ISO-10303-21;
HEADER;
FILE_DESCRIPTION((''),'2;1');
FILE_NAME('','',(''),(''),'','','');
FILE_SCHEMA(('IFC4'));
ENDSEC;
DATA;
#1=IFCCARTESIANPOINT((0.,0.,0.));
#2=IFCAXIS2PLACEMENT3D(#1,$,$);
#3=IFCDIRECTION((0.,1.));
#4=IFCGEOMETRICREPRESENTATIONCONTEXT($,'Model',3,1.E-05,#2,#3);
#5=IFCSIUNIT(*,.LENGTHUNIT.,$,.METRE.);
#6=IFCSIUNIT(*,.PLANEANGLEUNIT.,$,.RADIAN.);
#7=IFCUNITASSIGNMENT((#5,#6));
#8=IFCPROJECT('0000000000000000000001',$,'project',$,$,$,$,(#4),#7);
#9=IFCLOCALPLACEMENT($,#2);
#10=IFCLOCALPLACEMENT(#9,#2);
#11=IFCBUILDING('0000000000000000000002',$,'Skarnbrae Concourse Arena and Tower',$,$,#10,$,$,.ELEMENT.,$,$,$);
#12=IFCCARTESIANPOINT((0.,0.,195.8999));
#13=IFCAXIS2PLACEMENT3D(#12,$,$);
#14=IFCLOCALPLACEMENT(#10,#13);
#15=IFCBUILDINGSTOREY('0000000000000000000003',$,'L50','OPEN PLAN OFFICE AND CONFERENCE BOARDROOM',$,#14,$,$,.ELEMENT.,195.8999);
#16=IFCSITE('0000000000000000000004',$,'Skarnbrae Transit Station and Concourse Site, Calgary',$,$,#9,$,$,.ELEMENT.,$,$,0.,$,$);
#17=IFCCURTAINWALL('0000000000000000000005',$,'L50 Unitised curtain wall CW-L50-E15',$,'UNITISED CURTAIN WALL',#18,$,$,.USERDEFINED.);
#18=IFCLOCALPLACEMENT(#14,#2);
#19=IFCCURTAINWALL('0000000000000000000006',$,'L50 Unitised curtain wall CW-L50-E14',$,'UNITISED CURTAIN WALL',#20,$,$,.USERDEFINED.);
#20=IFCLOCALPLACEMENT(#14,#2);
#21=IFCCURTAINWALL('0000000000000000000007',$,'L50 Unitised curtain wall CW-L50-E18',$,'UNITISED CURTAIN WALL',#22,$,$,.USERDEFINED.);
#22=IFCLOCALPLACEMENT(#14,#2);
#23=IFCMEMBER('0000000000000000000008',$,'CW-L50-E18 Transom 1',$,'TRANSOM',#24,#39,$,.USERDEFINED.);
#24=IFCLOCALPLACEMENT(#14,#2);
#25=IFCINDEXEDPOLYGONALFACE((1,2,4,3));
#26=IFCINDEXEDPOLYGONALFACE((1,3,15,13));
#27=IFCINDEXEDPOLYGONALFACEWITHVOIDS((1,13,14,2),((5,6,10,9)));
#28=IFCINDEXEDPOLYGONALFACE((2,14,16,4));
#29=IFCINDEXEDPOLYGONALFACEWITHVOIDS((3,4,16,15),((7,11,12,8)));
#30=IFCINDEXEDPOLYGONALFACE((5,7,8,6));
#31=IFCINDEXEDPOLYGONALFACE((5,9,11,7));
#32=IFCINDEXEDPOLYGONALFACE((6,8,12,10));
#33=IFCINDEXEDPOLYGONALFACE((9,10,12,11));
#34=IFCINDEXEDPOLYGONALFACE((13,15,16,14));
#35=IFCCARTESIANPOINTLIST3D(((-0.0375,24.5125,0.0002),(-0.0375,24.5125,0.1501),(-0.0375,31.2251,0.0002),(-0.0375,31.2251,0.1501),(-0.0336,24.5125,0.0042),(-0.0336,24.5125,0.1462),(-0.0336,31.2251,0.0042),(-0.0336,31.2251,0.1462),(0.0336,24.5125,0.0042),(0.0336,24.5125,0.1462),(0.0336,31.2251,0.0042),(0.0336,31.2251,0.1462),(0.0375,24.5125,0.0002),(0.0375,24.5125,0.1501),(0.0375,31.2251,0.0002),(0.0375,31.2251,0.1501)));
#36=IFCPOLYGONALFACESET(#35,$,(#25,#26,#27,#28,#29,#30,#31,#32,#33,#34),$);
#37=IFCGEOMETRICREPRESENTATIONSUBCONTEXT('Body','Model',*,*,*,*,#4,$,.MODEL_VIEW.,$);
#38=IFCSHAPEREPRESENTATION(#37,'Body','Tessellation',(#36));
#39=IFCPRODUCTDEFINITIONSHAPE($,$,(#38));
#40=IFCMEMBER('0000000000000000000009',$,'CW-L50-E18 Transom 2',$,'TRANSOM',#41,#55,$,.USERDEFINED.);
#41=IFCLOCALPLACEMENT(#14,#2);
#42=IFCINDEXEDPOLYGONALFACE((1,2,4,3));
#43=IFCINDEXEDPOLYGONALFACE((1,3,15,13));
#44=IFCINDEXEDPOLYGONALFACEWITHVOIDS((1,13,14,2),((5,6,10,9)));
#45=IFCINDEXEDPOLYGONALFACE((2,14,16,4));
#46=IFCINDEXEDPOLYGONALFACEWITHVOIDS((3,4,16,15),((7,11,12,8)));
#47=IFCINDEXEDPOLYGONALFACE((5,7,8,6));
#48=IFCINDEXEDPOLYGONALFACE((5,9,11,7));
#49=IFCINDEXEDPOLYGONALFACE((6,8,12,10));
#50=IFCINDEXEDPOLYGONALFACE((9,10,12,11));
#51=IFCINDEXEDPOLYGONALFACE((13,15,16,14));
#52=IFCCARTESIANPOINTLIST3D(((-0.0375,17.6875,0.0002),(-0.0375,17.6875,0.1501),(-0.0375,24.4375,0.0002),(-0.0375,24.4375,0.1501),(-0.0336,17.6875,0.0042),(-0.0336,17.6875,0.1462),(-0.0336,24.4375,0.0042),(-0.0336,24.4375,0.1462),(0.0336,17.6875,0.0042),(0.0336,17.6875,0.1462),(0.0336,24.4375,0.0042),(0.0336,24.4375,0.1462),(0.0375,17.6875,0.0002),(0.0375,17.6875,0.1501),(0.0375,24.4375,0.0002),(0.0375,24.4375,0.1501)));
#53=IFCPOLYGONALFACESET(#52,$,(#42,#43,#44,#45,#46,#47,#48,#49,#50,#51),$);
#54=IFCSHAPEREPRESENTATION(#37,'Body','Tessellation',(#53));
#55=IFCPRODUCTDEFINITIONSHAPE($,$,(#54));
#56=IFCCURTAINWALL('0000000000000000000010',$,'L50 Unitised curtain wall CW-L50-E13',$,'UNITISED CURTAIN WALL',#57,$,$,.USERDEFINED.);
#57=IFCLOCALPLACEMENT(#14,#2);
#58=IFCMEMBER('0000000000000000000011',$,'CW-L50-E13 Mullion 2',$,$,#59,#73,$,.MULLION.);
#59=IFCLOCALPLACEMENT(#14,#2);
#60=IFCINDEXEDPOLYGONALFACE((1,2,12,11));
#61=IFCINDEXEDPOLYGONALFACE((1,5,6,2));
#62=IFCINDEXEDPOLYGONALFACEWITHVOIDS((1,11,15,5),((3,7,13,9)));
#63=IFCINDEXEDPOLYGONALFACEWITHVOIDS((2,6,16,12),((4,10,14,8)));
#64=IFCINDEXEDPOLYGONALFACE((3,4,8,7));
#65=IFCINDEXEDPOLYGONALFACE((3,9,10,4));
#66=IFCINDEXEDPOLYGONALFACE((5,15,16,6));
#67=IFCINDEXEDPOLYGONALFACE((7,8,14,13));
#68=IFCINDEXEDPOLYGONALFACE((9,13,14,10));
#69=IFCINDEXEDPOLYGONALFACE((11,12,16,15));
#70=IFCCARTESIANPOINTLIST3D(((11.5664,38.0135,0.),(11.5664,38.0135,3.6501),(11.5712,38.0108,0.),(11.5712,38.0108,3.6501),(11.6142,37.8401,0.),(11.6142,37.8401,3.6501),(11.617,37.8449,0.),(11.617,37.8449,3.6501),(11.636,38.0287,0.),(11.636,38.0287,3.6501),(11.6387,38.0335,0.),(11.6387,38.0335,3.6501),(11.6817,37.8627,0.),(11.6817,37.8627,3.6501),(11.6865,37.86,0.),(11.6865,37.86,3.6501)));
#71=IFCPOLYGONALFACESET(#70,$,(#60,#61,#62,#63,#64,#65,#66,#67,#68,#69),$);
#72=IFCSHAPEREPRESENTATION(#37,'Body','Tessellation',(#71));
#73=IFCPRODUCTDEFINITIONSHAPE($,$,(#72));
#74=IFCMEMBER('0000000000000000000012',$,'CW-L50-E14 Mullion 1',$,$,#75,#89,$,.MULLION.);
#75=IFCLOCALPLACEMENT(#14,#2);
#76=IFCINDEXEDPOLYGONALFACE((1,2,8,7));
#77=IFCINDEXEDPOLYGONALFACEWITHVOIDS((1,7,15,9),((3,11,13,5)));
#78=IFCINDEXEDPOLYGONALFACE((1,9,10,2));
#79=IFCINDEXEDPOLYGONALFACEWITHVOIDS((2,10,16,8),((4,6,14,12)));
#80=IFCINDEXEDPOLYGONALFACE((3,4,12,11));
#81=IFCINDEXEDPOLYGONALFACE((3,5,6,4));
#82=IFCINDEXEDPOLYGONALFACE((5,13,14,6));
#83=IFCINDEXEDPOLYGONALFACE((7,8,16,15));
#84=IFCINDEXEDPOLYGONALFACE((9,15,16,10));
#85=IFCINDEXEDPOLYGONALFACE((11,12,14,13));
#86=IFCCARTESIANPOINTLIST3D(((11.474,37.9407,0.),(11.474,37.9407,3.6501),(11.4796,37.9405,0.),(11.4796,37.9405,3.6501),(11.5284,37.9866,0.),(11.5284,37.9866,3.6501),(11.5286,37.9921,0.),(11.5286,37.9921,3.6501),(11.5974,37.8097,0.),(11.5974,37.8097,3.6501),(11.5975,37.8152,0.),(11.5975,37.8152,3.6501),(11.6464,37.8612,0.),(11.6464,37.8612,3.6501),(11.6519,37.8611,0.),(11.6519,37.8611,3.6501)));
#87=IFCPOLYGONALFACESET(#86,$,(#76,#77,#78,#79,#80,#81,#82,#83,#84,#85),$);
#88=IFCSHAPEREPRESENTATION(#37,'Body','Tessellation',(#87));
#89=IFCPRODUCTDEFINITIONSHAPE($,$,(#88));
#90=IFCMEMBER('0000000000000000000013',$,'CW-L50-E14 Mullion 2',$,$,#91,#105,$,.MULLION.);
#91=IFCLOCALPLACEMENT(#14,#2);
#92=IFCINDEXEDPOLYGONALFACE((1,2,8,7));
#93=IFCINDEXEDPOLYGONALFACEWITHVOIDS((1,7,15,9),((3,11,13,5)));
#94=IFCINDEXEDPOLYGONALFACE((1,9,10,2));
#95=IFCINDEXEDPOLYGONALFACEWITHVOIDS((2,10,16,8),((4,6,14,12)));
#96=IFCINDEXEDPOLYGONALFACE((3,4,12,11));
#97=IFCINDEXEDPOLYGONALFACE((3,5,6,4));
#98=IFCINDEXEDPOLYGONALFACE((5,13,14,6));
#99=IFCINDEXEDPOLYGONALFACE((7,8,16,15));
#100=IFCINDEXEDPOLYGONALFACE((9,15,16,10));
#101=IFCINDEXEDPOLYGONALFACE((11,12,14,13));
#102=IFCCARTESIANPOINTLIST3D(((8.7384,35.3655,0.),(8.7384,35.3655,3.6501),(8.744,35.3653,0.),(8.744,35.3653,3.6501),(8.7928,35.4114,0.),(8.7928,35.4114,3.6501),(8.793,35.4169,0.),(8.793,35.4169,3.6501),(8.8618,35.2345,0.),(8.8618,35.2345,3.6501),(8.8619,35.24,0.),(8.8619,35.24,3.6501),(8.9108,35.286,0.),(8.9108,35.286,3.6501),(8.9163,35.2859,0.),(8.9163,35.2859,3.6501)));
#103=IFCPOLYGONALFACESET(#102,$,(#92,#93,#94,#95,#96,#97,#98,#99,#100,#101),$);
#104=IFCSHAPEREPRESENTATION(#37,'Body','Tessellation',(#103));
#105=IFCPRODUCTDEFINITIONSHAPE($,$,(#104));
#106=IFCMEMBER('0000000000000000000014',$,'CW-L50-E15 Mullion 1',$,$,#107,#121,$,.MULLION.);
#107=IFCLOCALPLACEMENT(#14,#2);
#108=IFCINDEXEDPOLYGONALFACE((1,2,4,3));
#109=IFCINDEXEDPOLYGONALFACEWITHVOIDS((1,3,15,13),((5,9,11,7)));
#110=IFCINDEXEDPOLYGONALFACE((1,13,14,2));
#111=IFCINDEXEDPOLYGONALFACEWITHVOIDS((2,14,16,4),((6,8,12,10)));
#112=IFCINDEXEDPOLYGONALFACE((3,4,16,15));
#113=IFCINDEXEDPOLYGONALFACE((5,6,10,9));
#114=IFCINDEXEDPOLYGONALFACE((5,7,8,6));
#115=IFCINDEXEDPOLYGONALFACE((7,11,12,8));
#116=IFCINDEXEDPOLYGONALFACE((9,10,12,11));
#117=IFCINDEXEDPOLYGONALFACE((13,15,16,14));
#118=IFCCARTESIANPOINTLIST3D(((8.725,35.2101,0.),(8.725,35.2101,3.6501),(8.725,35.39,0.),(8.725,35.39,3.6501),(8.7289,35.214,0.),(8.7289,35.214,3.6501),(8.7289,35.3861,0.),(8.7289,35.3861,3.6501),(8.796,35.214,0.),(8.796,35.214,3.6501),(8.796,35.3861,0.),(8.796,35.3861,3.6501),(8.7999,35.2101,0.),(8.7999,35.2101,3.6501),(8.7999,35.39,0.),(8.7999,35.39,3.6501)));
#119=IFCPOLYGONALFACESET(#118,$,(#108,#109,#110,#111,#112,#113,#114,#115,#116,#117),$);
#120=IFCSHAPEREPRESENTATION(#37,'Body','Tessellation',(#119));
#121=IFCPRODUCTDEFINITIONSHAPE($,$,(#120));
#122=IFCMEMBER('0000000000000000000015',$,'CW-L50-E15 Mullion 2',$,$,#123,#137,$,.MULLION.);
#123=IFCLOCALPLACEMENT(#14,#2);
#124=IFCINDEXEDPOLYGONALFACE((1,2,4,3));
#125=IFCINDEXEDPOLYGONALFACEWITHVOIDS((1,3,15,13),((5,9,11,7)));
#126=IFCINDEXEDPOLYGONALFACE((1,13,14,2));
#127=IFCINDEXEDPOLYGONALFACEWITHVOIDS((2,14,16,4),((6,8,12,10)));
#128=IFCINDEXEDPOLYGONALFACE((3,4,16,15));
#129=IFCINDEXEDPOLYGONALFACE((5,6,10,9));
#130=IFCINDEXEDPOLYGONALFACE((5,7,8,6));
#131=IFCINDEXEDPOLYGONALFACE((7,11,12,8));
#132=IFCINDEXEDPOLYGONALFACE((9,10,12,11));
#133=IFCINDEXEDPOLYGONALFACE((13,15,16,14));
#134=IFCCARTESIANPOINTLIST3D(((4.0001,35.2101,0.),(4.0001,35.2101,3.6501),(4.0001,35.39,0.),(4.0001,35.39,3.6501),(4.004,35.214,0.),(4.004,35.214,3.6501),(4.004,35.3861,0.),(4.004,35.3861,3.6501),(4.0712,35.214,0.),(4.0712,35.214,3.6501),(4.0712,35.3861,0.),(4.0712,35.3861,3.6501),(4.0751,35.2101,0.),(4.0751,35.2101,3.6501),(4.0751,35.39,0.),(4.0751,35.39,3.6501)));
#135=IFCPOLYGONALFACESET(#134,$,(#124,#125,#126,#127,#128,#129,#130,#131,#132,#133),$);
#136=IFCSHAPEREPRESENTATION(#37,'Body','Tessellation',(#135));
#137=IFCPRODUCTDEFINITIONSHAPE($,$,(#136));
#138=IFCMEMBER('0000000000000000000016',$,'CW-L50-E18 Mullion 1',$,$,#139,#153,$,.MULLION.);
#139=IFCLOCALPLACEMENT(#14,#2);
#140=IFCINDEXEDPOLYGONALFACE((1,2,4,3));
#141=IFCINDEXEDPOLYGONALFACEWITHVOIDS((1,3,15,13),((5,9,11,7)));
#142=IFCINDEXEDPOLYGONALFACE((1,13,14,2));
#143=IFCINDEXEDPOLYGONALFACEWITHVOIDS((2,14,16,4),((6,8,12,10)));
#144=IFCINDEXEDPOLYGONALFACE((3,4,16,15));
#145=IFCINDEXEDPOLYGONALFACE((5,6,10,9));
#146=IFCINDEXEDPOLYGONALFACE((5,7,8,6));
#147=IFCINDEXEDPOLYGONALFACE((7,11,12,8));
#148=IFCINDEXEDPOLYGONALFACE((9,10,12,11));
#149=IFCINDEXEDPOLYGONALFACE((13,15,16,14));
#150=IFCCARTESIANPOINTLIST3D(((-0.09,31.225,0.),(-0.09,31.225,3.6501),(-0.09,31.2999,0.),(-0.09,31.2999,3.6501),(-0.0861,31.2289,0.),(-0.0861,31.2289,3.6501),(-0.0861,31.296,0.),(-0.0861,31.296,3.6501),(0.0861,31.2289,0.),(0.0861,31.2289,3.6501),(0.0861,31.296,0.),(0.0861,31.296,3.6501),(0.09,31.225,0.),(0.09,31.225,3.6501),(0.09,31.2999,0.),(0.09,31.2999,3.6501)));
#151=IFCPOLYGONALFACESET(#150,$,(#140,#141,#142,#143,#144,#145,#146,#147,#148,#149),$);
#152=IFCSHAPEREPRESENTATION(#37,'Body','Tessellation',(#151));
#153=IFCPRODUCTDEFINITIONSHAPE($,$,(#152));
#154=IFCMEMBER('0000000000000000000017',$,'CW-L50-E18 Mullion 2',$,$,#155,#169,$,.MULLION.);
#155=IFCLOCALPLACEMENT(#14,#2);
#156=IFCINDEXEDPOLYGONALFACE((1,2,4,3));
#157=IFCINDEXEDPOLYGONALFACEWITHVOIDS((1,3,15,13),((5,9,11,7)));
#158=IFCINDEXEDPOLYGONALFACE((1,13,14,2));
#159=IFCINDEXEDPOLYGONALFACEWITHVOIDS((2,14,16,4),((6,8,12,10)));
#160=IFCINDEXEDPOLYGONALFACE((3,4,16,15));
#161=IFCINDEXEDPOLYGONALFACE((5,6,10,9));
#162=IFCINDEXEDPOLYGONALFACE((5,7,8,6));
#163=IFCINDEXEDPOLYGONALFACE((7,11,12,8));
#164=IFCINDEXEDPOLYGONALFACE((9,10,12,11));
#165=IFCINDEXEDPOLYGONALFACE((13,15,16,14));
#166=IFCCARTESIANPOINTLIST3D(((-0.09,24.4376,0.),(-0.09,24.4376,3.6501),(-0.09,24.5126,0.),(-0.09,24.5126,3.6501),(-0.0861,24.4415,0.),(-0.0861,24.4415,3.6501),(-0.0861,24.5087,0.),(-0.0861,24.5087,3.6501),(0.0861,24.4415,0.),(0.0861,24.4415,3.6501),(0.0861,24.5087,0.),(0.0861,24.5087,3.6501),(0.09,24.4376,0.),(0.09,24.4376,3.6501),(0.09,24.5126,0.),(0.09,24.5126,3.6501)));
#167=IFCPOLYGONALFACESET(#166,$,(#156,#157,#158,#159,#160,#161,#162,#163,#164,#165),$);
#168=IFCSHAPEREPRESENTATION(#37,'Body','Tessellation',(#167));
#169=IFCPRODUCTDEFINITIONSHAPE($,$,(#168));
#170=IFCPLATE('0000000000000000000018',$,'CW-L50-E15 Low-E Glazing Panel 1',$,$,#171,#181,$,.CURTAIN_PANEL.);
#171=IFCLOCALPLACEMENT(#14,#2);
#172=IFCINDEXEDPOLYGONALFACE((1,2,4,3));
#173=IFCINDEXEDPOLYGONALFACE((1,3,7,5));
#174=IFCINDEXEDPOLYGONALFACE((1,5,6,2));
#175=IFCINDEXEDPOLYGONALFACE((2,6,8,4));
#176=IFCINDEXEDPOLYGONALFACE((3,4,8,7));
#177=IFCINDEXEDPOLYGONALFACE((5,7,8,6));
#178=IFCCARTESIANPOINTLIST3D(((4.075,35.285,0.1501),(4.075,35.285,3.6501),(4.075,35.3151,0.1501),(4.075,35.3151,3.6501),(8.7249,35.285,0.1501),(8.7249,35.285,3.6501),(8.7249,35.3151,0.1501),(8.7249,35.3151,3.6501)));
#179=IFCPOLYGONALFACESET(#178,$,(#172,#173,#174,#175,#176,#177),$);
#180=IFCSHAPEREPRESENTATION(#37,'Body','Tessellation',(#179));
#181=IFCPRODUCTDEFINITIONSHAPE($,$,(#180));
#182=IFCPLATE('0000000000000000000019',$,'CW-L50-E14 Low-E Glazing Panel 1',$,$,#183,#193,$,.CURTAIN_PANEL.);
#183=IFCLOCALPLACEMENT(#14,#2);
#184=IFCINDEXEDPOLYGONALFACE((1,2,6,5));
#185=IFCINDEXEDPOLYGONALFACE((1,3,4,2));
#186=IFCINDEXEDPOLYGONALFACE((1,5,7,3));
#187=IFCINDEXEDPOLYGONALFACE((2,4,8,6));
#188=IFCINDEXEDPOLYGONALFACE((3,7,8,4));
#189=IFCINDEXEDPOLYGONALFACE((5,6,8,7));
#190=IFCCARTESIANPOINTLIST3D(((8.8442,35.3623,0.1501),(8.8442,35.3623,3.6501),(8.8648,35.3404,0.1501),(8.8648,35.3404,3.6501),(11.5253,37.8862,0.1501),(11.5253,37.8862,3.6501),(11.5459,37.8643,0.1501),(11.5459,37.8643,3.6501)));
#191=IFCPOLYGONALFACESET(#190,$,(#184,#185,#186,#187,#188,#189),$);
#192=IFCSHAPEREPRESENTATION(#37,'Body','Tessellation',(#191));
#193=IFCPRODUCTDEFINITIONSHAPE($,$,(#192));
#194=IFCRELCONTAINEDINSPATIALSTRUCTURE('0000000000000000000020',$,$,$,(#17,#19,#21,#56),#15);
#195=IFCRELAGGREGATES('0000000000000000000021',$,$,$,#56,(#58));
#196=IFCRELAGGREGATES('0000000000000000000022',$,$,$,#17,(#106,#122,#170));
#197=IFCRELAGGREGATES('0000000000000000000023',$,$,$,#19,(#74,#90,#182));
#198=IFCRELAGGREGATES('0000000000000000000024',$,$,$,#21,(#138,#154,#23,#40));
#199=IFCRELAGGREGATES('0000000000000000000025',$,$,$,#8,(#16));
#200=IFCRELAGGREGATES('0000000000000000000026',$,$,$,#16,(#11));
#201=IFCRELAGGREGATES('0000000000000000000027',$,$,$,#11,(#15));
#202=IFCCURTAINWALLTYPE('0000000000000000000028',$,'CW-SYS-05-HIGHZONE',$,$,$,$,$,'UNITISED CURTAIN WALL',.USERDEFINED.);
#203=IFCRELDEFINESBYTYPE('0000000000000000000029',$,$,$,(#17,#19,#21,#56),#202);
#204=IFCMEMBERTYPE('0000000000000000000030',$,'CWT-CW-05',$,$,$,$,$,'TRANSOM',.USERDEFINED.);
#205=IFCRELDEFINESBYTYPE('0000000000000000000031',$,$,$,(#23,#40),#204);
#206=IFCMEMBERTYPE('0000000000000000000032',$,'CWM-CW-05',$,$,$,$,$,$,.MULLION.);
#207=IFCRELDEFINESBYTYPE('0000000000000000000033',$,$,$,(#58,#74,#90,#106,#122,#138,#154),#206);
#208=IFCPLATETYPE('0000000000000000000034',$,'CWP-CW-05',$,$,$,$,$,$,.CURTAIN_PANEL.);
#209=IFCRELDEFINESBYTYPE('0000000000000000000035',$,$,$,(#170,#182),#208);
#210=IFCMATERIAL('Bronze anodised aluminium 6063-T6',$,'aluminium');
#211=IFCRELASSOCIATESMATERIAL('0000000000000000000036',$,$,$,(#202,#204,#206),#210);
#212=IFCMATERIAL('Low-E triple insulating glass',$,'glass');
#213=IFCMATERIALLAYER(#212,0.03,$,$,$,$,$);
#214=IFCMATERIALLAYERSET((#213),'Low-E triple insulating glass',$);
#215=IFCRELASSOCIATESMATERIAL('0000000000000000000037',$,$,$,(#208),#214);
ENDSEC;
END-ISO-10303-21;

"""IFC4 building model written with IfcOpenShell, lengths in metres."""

from ifc_helpers import new_model, si_unit, direction, frame, origin, origin_2d, place, context, subcontext, project, spatial, rectangle, hollow_rectangle, extrude, source, transform, mapped, material, layer, layer_set, material_profile, profile_set, type_object, element, aggregate, save


model = new_model("IFC4")

# Units and contexts
model_context = context("Model", 3, precision=1e-05, world=origin(), true_north=direction((0.0, 1.0)))
body_context = subcontext(model_context, "Body", "Model", "MODEL_VIEW")
ifc_project = project(units=[si_unit("LENGTHUNIT", "METRE"), si_unit("PLANEANGLEUNIT", "RADIAN")], contexts=[model_context])

# Site, building, storey
site_placement = place(None, origin())
site = spatial("IfcSite", under=ifc_project, at=site_placement, Name="Skarnbrae Transit Station and Concourse Site, Calgary", CompositionType="ELEMENT", RefElevation=0.0)
building_placement = place(site_placement, origin())
building = spatial("IfcBuilding", under=site, at=building_placement, Name="Skarnbrae Concourse Arena and Tower", CompositionType="ELEMENT")
storey_placement = place(building_placement, frame((0.0, 0.0, 195.8999)))
storey = spatial("IfcBuildingStorey", under=building, at=storey_placement, Name="L50", Description="OPEN PLAN OFFICE AND CONFERENCE BOARDROOM", CompositionType="ELEMENT", Elevation=195.8999)

# Curtain walls
ifc_material_1 = material(Name="Bronze anodised aluminium 6063-T6", Category="aluminium")
curtain_wall_type = type_object("IfcCurtainWallType", Name="CW-SYS-05-HIGHZONE", ElementType="UNITISED CURTAIN WALL", PredefinedType="USERDEFINED", material=ifc_material_1)
curtain_wall_1_placement = place(storey_placement, origin())
curtain_wall_1 = element("IfcCurtainWall", 1, at=curtain_wall_1_placement, inside=storey, type_object=curtain_wall_type, Name="L50 Unitised curtain wall CW-L50-E15", ObjectType="UNITISED CURTAIN WALL", PredefinedType="USERDEFINED")
ifc_material_profile_1 = material_profile(ifc_material_1, hollow_rectangle(XDim=0.075, YDim=0.1499, WallThickness=0.0039, at=origin_2d()), Name="ALU-TRAN-75X150")
ifc_profile_set_1 = profile_set([ifc_material_profile_1], Name="Bronze anodised aluminium 6063-T6")
member_type_1 = type_object("IfcMemberType", Name="CWT-CW-05", ElementType="TRANSOM", PredefinedType="USERDEFINED", material=ifc_profile_set_1)
curtain_wall_2_placement = place(storey_placement, origin())
curtain_wall_2 = element("IfcCurtainWall", 2, at=curtain_wall_2_placement, inside=storey, type_object=curtain_wall_type, Name="L50 Unitised curtain wall CW-L50-E14", ObjectType="UNITISED CURTAIN WALL", PredefinedType="USERDEFINED")

# Curtain wall, members
curtain_wall_3_placement = place(storey_placement, origin())
curtain_wall_3 = element("IfcCurtainWall", 3, at=curtain_wall_3_placement, inside=storey, type_object=curtain_wall_type, Name="L50 Unitised curtain wall CW-L50-E18", ObjectType="UNITISED CURTAIN WALL", PredefinedType="USERDEFINED")
shared_shape_1 = source(origin(), body_context, "Body", "SweptSolid", [
    extrude(hollow_rectangle(XDim=0.075, YDim=0.1499, WallThickness=0.0039, at=origin_2d()), origin(), (0.0, 0.0, 1.0), 6.7126),
])
member_1_placement = place(storey_placement, frame((0.0, 31.2251, 0.0752), z_axis=(0.0, -1.0, 0.0), x_axis=(1.0, 0.0, 0.0)))
member_1 = element("IfcMember", 4, at=member_1_placement, type_object=member_type_1, Name="CW-L50-E18 Transom 1", ObjectType="TRANSOM", PredefinedType="USERDEFINED", context=body_context, shape_type="MappedRepresentation", body=[
    mapped(shared_shape_1, transform((0.0, 0.0, 0.0))),
])
shared_shape_2 = source(origin(), body_context, "Body", "SweptSolid", [
    extrude(hollow_rectangle(XDim=0.075, YDim=0.1499, WallThickness=0.0039, at=origin_2d()), origin(), (0.0, 0.0, 1.0), 6.75),
])
member_2_placement = place(storey_placement, frame((0.0, 24.4375, 0.0752), z_axis=(0.0, -1.0, 0.0), x_axis=(1.0, 0.0, 0.0)))
member_2 = element("IfcMember", 5, at=member_2_placement, type_object=member_type_1, Name="CW-L50-E18 Transom 2", ObjectType="TRANSOM", PredefinedType="USERDEFINED", context=body_context, shape_type="MappedRepresentation", body=[
    mapped(shared_shape_2, transform((0.0, 0.0, 0.0))),
])

# Curtain wall, member
curtain_wall_4_placement = place(storey_placement, origin())
curtain_wall_4 = element("IfcCurtainWall", 6, at=curtain_wall_4_placement, inside=storey, type_object=curtain_wall_type, Name="L50 Unitised curtain wall CW-L50-E13", ObjectType="UNITISED CURTAIN WALL", PredefinedType="USERDEFINED")
ifc_material_profile_2 = material_profile(ifc_material_1, hollow_rectangle(XDim=0.075, YDim=0.1799, WallThickness=0.0039, at=origin_2d()), Name="ALU-MULL-75X180")
ifc_profile_set_2 = profile_set([ifc_material_profile_2], Name="Bronze anodised aluminium 6063-T6")
member_type_2 = type_object("IfcMemberType", Name="CWM-CW-05", PredefinedType="MULLION", material=ifc_profile_set_2)
shared_shape_3 = source(origin(), body_context, "Body", "SweptSolid", [
    extrude(hollow_rectangle(XDim=0.075, YDim=0.1799, WallThickness=0.0039, at=origin_2d()), origin(), (0.0, 0.0, 1.0), 3.6501),
])
member_3_placement = place(storey_placement, frame((11.6265, 37.9368, 0.0), z_axis=(0.0, 0.0, 1.0), x_axis=(-0.964057, -0.265694, 0.0)))
member_3 = element("IfcMember", 7, at=member_3_placement, type_object=member_type_2, Name="CW-L50-E13 Mullion 2", PredefinedType="MULLION", context=body_context, shape_type="MappedRepresentation", body=[
    mapped(shared_shape_3, transform((0.0, 0.0, 0.0))),
])
aggregate(curtain_wall_4, [member_3])

# Members
member_4_placement = place(storey_placement, frame((11.563, 37.9009, 0.0), z_axis=(0.0, 0.0, 1.0), x_axis=(-0.728131, -0.685438, 0.0)))
member_4 = element("IfcMember", 8, at=member_4_placement, type_object=member_type_2, Name="CW-L50-E14 Mullion 1", PredefinedType="MULLION", context=body_context, shape_type="MappedRepresentation", body=[
    mapped(shared_shape_3, transform((0.0, 0.0, 0.0))),
])
member_5_placement = place(storey_placement, frame((8.8274, 35.3257, 0.0), z_axis=(0.0, 0.0, 1.0), x_axis=(-0.728131, -0.685438, 0.0)))
member_5 = element("IfcMember", 9, at=member_5_placement, type_object=member_type_2, Name="CW-L50-E14 Mullion 2", PredefinedType="MULLION", context=body_context, shape_type="MappedRepresentation", body=[
    mapped(shared_shape_3, transform((0.0, 0.0, 0.0))),
])
member_6_placement = place(storey_placement, frame((8.7625, 35.3, 0.0), z_axis=(0.0, 0.0, 1.0), x_axis=(-1.0, 0.0, 0.0)))
member_6 = element("IfcMember", 10, at=member_6_placement, type_object=member_type_2, Name="CW-L50-E15 Mullion 1", PredefinedType="MULLION", context=body_context, shape_type="MappedRepresentation", body=[
    mapped(shared_shape_3, transform((0.0, 0.0, 0.0))),
])
member_7_placement = place(storey_placement, frame((4.0376, 35.3, 0.0), z_axis=(0.0, 0.0, 1.0), x_axis=(-1.0, 0.0, 0.0)))
member_7 = element("IfcMember", 11, at=member_7_placement, type_object=member_type_2, Name="CW-L50-E15 Mullion 2", PredefinedType="MULLION", context=body_context, shape_type="MappedRepresentation", body=[
    mapped(shared_shape_3, transform((0.0, 0.0, 0.0))),
])
member_8_placement = place(storey_placement, frame((0.0, 31.2625, 0.0), z_axis=(0.0, 0.0, 1.0), x_axis=(0.0, -1.0, 0.0)))
member_8 = element("IfcMember", 12, at=member_8_placement, type_object=member_type_2, Name="CW-L50-E18 Mullion 1", PredefinedType="MULLION", context=body_context, shape_type="MappedRepresentation", body=[
    mapped(shared_shape_3, transform((0.0, 0.0, 0.0))),
])
member_9_placement = place(storey_placement, frame((0.0, 24.4751, 0.0), z_axis=(0.0, 0.0, 1.0), x_axis=(0.0, -1.0, 0.0)))
member_9 = element("IfcMember", 13, at=member_9_placement, type_object=member_type_2, Name="CW-L50-E18 Mullion 2", PredefinedType="MULLION", context=body_context, shape_type="MappedRepresentation", body=[
    mapped(shared_shape_3, transform((0.0, 0.0, 0.0))),
])

# Plates
ifc_material_2 = material(Name="Low-E triple insulating glass", Category="glass")
ifc_layer_1 = layer(ifc_material_2, 0.03)
ifc_layer_set_1 = layer_set([ifc_layer_1], Name="Low-E triple insulating glass")
plate_type = type_object("IfcPlateType", Name="CWP-CW-05", PredefinedType="CURTAIN_PANEL", material=ifc_layer_set_1)
shared_shape_4 = source(origin(), body_context, "Body", "SweptSolid", [
    extrude(rectangle(XDim=4.6499, YDim=0.03, at=origin_2d()), origin(), (0.0, 0.0, 1.0), 3.5),
])
plate_1_placement = place(storey_placement, frame((6.3999, 35.3, 0.1501), z_axis=(0.0, 0.0, 1.0), x_axis=(-1.0, 0.0, 0.0)))
plate_1 = element("IfcPlate", 14, at=plate_1_placement, type_object=plate_type, Name="CW-L50-E15 Low-E Glazing Panel 1", PredefinedType="CURTAIN_PANEL", context=body_context, shape_type="MappedRepresentation", body=[
    mapped(shared_shape_4, transform((0.0, 0.0, 0.0))),
])
aggregate(curtain_wall_1, [member_6, member_7, plate_1])
shared_shape_5 = source(origin(), body_context, "Body", "SweptSolid", [
    extrude(rectangle(XDim=3.6821, YDim=0.03, at=origin_2d()), origin(), (0.0, 0.0, 1.0), 3.5),
])
plate_2_placement = place(storey_placement, frame((10.1951, 36.6133, 0.1501), z_axis=(0.0, 0.0, 1.0), x_axis=(-0.728131, -0.685438, 0.0)))
plate_2 = element("IfcPlate", 15, at=plate_2_placement, type_object=plate_type, Name="CW-L50-E14 Low-E Glazing Panel 1", PredefinedType="CURTAIN_PANEL", context=body_context, shape_type="MappedRepresentation", body=[
    mapped(shared_shape_5, transform((0.0, 0.0, 0.0))),
])
aggregate(curtain_wall_2, [member_4, member_5, plate_2])
aggregate(curtain_wall_3, [member_8, member_9, member_1, member_2])

save(model, "model.ifc")
